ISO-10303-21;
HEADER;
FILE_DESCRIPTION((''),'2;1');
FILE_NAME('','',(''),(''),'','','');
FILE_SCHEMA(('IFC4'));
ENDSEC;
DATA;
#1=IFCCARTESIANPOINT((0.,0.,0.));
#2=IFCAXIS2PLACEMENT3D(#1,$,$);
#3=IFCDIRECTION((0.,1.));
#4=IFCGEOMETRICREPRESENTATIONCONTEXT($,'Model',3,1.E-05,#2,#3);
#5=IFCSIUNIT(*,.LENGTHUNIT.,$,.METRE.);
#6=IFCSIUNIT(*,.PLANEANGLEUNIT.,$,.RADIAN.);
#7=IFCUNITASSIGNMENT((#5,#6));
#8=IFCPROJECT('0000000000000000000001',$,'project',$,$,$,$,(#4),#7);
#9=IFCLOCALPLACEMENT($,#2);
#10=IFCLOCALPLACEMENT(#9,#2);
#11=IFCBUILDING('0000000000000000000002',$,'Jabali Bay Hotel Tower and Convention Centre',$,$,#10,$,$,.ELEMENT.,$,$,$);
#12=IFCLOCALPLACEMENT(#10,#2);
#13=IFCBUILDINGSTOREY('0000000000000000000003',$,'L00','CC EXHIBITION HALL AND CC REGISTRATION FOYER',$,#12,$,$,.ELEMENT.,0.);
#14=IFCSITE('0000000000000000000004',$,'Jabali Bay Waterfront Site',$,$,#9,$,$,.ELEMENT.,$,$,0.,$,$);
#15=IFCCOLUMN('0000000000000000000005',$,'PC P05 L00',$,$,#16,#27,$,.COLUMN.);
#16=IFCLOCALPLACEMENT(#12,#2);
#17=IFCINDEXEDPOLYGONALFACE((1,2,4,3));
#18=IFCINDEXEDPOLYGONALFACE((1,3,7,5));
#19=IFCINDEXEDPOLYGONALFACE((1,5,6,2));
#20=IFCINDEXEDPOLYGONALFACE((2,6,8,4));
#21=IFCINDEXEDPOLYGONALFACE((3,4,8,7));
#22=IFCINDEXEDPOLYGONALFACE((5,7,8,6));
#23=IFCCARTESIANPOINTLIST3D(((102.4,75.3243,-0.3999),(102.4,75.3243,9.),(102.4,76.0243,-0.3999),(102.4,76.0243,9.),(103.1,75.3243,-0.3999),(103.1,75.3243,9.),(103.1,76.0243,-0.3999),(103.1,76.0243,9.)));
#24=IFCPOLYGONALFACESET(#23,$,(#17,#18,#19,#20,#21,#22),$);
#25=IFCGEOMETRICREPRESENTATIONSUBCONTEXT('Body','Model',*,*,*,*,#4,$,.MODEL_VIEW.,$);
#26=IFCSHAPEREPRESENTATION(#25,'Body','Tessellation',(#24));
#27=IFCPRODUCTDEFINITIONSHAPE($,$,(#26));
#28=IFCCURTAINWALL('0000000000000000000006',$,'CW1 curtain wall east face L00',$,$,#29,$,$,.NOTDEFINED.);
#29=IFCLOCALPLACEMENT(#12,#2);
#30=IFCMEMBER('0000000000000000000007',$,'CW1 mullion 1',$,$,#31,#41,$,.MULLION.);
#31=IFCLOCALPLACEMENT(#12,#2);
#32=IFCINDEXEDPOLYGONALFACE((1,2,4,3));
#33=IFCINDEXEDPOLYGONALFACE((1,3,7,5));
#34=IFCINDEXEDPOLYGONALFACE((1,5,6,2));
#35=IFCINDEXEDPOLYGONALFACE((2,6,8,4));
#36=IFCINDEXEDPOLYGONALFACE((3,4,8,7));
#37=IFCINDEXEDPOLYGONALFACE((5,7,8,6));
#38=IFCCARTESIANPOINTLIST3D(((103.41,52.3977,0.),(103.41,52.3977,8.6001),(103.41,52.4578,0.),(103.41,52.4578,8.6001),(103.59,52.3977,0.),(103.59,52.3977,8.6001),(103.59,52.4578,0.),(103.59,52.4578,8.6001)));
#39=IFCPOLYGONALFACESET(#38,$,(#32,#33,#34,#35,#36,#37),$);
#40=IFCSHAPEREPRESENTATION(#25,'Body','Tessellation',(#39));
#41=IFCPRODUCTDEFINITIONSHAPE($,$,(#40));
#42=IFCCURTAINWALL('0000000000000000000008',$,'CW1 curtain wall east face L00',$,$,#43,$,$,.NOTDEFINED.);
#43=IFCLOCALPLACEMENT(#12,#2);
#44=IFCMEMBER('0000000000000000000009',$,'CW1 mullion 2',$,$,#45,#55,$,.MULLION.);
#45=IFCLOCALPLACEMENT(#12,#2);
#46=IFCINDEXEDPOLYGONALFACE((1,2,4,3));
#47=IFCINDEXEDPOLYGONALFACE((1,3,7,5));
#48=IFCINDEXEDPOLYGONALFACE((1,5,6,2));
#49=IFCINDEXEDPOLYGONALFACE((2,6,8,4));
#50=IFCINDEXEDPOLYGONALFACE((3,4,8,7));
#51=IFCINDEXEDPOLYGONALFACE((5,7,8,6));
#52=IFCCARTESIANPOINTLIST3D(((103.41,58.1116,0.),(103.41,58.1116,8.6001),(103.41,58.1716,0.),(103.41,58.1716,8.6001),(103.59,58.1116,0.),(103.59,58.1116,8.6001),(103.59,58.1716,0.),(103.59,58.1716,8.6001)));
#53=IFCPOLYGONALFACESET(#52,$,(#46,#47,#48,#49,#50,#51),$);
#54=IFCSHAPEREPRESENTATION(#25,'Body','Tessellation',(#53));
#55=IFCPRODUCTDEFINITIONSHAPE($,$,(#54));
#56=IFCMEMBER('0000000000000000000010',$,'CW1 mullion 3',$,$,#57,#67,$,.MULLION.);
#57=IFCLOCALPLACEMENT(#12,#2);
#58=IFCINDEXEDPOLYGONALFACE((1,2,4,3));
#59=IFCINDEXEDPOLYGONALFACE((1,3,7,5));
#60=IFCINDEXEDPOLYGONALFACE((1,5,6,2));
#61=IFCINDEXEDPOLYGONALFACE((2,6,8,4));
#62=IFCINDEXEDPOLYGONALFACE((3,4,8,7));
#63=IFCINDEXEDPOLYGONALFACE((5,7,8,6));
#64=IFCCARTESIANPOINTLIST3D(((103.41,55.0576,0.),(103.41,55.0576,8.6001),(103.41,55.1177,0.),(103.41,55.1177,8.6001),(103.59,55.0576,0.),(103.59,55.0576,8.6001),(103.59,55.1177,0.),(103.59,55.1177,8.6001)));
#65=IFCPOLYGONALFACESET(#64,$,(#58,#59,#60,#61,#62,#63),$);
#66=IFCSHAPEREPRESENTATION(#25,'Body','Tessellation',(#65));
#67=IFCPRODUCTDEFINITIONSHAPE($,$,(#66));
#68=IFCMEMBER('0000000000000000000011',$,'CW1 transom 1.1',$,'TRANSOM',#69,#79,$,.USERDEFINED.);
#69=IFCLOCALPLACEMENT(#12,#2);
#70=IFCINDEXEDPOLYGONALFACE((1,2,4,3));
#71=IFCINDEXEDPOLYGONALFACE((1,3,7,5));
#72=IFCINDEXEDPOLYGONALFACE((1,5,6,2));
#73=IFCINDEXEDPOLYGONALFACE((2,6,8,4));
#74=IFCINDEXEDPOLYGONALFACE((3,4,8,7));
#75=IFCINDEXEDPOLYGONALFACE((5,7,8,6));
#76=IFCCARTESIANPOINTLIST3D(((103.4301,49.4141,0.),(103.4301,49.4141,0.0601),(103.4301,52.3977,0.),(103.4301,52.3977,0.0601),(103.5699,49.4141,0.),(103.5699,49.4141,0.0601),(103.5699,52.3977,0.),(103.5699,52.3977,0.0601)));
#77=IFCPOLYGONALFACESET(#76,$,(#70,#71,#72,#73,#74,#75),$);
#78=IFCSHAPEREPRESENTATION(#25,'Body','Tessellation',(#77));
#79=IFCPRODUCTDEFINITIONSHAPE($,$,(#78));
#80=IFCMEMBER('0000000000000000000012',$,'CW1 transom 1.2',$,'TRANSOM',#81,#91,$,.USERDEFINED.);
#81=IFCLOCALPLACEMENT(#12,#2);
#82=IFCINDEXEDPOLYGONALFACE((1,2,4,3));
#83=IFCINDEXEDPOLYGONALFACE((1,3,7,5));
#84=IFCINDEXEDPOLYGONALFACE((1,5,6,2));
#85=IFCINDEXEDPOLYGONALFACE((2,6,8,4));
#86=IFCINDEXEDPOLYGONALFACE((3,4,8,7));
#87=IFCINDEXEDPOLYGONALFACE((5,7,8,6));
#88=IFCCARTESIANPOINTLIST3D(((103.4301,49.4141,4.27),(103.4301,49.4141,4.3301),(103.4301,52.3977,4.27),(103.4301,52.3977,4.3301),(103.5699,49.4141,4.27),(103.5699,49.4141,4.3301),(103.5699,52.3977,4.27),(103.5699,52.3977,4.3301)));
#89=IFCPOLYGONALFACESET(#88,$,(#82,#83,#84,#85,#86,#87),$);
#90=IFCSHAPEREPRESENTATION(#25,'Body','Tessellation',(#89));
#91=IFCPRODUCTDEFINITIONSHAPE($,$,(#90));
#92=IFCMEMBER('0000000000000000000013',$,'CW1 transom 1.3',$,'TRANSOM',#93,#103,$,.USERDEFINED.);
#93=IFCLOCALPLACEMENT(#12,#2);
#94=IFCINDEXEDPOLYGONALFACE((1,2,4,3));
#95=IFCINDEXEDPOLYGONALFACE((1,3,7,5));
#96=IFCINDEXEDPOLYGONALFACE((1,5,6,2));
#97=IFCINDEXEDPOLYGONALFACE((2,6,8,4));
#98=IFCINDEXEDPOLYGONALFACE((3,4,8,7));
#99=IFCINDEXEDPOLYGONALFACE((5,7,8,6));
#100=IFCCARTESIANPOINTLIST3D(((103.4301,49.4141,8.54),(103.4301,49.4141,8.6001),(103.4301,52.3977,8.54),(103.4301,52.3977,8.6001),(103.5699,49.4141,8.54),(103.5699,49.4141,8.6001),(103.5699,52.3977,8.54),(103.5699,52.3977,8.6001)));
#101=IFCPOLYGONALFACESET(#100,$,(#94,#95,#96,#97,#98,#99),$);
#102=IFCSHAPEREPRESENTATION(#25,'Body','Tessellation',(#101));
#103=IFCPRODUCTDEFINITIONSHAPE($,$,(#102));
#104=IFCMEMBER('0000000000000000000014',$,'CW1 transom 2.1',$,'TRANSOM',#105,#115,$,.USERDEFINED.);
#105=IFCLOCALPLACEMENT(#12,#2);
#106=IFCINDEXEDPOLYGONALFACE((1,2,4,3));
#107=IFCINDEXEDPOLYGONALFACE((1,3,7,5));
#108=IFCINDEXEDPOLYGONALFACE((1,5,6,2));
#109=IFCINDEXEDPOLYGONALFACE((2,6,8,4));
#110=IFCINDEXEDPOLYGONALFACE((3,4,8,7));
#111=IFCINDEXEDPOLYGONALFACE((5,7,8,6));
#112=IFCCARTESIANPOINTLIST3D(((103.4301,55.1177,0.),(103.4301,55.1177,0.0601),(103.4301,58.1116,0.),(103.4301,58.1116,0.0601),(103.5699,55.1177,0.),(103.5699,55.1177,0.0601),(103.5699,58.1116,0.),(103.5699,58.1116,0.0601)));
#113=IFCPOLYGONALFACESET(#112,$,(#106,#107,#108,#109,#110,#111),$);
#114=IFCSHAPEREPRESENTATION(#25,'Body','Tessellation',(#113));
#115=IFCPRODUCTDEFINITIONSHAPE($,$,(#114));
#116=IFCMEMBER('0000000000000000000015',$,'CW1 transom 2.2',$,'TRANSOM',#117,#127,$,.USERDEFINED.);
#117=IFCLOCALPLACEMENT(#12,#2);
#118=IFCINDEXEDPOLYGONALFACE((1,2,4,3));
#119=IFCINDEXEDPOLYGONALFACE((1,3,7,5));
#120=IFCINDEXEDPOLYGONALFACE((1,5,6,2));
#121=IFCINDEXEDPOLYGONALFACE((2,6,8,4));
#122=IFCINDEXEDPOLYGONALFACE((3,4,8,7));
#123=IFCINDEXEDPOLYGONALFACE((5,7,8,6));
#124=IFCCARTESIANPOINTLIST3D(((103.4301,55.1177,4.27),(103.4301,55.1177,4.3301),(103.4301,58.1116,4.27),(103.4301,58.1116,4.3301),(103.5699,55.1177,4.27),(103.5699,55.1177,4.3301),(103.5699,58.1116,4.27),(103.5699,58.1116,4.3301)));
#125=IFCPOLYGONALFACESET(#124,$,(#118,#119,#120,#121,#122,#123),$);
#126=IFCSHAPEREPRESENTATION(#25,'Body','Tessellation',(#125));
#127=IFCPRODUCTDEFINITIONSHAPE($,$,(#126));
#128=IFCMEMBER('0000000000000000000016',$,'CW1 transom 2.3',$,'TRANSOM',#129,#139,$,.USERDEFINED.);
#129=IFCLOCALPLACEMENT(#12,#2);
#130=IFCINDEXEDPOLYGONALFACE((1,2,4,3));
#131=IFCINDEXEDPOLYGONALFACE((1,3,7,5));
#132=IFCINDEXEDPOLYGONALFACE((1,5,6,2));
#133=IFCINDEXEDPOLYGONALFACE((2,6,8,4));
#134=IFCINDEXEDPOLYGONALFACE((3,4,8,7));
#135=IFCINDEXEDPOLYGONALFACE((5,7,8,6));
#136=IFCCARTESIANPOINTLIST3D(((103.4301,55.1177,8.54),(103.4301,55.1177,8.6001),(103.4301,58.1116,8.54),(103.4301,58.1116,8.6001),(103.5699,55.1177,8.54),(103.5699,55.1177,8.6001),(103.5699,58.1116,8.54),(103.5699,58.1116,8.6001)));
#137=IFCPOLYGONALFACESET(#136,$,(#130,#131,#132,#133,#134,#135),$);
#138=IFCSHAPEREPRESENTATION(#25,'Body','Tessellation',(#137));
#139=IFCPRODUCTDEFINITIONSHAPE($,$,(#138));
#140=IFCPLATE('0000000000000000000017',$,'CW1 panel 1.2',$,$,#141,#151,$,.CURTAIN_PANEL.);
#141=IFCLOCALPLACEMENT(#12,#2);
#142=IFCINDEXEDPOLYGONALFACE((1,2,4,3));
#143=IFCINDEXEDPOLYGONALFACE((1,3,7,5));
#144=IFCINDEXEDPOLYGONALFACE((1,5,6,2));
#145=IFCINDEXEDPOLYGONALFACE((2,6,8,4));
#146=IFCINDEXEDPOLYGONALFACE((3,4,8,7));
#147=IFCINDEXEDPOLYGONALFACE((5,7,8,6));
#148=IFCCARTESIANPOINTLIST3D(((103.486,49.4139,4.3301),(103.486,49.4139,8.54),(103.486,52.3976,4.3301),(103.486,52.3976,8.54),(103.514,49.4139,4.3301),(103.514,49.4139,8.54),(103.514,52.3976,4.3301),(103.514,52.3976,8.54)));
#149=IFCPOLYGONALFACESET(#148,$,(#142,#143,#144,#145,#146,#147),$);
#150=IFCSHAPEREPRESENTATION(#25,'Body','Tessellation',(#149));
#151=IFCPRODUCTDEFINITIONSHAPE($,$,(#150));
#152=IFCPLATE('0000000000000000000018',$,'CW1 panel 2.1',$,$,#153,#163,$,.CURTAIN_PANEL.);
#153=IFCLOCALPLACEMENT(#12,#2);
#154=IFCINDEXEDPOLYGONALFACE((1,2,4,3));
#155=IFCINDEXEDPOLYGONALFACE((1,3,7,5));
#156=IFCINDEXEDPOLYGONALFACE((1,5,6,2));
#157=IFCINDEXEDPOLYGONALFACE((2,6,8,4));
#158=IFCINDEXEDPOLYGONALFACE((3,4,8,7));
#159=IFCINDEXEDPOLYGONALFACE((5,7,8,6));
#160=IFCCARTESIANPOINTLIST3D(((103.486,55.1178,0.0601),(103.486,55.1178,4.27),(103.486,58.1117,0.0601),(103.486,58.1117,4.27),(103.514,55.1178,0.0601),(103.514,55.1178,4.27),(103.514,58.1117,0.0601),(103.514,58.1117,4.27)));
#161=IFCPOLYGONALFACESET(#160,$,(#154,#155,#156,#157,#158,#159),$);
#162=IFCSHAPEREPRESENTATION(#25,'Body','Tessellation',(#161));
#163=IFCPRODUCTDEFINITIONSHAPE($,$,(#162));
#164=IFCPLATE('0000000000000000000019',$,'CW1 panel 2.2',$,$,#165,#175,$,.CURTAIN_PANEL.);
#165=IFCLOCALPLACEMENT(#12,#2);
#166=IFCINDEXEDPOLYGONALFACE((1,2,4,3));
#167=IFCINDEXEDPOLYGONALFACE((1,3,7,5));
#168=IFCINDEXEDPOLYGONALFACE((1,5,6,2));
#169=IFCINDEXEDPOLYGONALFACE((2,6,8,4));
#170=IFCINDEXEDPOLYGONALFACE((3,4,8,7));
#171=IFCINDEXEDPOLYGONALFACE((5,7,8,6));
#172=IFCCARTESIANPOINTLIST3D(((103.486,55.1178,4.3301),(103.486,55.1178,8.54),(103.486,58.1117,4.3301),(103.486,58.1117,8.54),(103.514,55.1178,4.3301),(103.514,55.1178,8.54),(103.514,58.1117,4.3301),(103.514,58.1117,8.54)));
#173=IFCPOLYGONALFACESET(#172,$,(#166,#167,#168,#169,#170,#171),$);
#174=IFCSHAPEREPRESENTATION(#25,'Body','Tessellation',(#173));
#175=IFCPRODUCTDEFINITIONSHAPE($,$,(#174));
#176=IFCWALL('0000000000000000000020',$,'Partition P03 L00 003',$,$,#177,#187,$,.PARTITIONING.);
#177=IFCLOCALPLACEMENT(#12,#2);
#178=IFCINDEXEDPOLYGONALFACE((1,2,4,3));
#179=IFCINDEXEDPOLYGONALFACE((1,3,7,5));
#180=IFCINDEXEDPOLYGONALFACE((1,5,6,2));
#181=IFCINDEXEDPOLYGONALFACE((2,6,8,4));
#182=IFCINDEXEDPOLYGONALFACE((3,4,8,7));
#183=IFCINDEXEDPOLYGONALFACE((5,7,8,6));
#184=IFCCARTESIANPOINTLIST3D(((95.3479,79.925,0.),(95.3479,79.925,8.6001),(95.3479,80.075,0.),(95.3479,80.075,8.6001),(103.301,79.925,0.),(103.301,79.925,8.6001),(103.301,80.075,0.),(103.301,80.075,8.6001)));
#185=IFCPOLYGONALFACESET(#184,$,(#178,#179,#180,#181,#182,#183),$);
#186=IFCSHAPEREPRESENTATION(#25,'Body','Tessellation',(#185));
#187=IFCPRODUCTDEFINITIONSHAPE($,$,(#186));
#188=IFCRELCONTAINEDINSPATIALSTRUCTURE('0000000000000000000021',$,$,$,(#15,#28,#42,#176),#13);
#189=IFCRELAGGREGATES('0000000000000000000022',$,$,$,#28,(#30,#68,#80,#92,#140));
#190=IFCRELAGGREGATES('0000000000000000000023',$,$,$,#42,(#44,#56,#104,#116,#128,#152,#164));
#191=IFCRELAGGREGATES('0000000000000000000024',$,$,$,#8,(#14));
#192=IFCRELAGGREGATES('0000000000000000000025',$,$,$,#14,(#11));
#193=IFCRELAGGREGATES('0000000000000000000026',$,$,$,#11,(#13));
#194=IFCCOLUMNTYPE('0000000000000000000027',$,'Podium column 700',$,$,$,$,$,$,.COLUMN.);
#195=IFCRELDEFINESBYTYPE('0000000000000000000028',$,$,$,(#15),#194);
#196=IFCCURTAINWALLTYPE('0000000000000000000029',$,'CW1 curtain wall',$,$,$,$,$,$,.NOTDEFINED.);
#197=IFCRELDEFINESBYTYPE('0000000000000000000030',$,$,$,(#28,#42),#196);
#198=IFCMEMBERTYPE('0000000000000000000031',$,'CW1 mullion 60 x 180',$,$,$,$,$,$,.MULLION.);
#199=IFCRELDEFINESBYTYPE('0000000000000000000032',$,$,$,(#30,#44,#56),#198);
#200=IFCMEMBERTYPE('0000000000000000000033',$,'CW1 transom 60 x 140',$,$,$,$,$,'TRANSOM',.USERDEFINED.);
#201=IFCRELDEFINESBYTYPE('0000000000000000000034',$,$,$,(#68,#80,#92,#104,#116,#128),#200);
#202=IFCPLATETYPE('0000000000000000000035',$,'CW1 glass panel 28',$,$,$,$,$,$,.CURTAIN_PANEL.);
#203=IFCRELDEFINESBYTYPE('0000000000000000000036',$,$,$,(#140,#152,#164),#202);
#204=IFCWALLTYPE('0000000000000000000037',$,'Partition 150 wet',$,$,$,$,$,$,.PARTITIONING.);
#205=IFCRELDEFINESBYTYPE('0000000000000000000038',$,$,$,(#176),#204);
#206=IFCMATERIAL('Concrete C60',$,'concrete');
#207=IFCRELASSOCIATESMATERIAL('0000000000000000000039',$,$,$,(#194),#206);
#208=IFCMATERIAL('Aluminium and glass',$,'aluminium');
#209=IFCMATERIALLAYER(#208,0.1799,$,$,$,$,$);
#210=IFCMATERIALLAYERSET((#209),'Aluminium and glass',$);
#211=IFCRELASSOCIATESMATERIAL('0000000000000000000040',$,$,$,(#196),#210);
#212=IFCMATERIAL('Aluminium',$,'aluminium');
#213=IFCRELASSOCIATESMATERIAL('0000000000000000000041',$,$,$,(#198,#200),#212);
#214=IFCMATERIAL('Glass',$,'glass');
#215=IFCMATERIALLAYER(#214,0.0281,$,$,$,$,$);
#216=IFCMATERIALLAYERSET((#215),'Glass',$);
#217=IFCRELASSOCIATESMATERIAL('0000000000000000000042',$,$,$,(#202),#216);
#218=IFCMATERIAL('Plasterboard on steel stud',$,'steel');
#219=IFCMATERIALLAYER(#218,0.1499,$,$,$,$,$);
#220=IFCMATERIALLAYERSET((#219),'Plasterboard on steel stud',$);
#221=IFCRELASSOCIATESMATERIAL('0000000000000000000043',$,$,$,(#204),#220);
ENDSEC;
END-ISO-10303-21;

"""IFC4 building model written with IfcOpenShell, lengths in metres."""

from ifc_helpers import new_model, si_unit, direction, frame, frame_2d, origin, origin_2d, place, context, subcontext, project, spatial, rectangle, extrude, material, layer, layer_set, material_profile, profile_set, type_object, element, aggregate, save


model = new_model("IFC4")

# Units and contexts
model_context = context("Model", 3, precision=1e-05, world=origin(), true_north=direction((0.0, 1.0)))
body_context = subcontext(model_context, "Body", "Model", "MODEL_VIEW")
ifc_project = project(units=[si_unit("LENGTHUNIT", "METRE"), si_unit("PLANEANGLEUNIT", "RADIAN")], contexts=[model_context])

# Site, building, storey
site_placement = place(None, origin())
site = spatial("IfcSite", under=ifc_project, at=site_placement, Name="Jabali Bay Waterfront Site", CompositionType="ELEMENT", RefElevation=0.0)
building_placement = place(site_placement, origin())
building = spatial("IfcBuilding", under=site, at=building_placement, Name="Jabali Bay Hotel Tower and Convention Centre", CompositionType="ELEMENT")
storey_placement = place(building_placement, origin())
storey = spatial("IfcBuildingStorey", under=building, at=storey_placement, Name="L00", Description="CC EXHIBITION HALL AND CC REGISTRATION FOYER", CompositionType="ELEMENT", Elevation=0.0)

# Column
ifc_material_1 = material(Name="Concrete C60", Category="concrete")
ifc_material_profile_1 = material_profile(ifc_material_1, rectangle(XDim=0.7, YDim=0.7, at=origin_2d()), Name="Podium column 700")
ifc_profile_set_1 = profile_set([ifc_material_profile_1], Name="Concrete C60")
column_type_1 = type_object("IfcColumnType", Name="Podium column 700", PredefinedType="COLUMN", material=ifc_profile_set_1)
for number, where, z_axis, x_axis, name in (
    (1, (102.75, 75.6743, -0.3999), (0.0, 0.0, 1.0), (1.0, 0.0, 0.0), "PC P05 L00"),
):
    element("IfcColumn", number, at=place(storey_placement, frame(where, z_axis=z_axis, x_axis=x_axis)), inside=storey, type_object=column_type_1, Name=name, PredefinedType="COLUMN", context=body_context, shape_type="SweptSolid", body=[
        extrude(rectangle(XDim=0.7, YDim=0.7, at=origin_2d()), origin(), (0.0, 0.0, 1.0), 9.3999),
    ])

# Curtain wall, member
ifc_material_2 = material(Name="Aluminium and glass", Category="aluminium")
ifc_layer_1 = layer(ifc_material_2, 0.1799)
ifc_layer_set_1 = layer_set([ifc_layer_1], Name="Aluminium and glass")
curtain_wall_type = type_object("IfcCurtainWallType", Name="CW1 curtain wall", PredefinedType="NOTDEFINED", material=ifc_layer_set_1)
curtain_wall_1_placement = place(storey_placement, origin())
curtain_wall_1 = element("IfcCurtainWall", 2, at=curtain_wall_1_placement, inside=storey, type_object=curtain_wall_type, Name="CW1 curtain wall east face L00", PredefinedType="NOTDEFINED")
ifc_material_3 = material(Name="Aluminium", Category="aluminium")
ifc_material_profile_2 = material_profile(ifc_material_3, rectangle(XDim=0.1799, YDim=0.0601, at=origin_2d()), Name="CW1 mullion 60 x 180")
ifc_profile_set_2 = profile_set([ifc_material_profile_2], Name="Aluminium")
member_type_1 = type_object("IfcMemberType", Name="CW1 mullion 60 x 180", PredefinedType="MULLION", material=ifc_profile_set_2)
member_1_placement = place(storey_placement, frame((103.5, 52.4277, 0.0), z_axis=(0.0, 0.0, 1.0), x_axis=(1.0, 0.0, 0.0)))
member_1 = element("IfcMember", 3, at=member_1_placement, type_object=member_type_1, Name="CW1 mullion 1", PredefinedType="MULLION", context=body_context, shape_type="SweptSolid", body=[
    extrude(rectangle(XDim=0.1799, YDim=0.0601, at=origin_2d()), origin(), (0.0, 0.0, 1.0), 8.6001),
])

# Curtain wall, members
curtain_wall_2_placement = place(storey_placement, origin())
curtain_wall_2 = element("IfcCurtainWall", 4, at=curtain_wall_2_placement, inside=storey, type_object=curtain_wall_type, Name="CW1 curtain wall east face L00", PredefinedType="NOTDEFINED")
member_2_placement = place(storey_placement, frame((103.5, 58.1416, 0.0), z_axis=(0.0, 0.0, 1.0), x_axis=(1.0, 0.0, 0.0)))
member_2 = element("IfcMember", 5, at=member_2_placement, type_object=member_type_1, Name="CW1 mullion 2", PredefinedType="MULLION", context=body_context, shape_type="SweptSolid", body=[
    extrude(rectangle(XDim=0.1799, YDim=0.0601, at=origin_2d()), origin(), (0.0, 0.0, 1.0), 8.6001),
])
member_3_placement = place(storey_placement, frame((103.5, 55.0876, 0.0), z_axis=(0.0, 0.0, 1.0), x_axis=(1.0, 0.0, 0.0)))
member_3 = element("IfcMember", 6, at=member_3_placement, type_object=member_type_1, Name="CW1 mullion 3", PredefinedType="MULLION", context=body_context, shape_type="SweptSolid", body=[
    extrude(rectangle(XDim=0.1799, YDim=0.0601, at=origin_2d()), origin(), (0.0, 0.0, 1.0), 8.6001),
])

# Members
ifc_material_profile_3 = material_profile(ifc_material_3, rectangle(XDim=0.1399, YDim=0.0601, at=origin_2d()), Name="CW1 transom 60 x 140")
ifc_profile_set_3 = profile_set([ifc_material_profile_3], Name="Aluminium")
member_type_2 = type_object("IfcMemberType", Name="CW1 transom 60 x 140", ElementType="TRANSOM", PredefinedType="USERDEFINED", material=ifc_profile_set_3)
member_4_placement = place(storey_placement, frame((103.5, 52.3977, 0.03), z_axis=(0.0, -1.0, 0.0), x_axis=(1.0, 0.0, 0.0)))
member_4 = element("IfcMember", 7, at=member_4_placement, type_object=member_type_2, Name="CW1 transom 1.1", ObjectType="TRANSOM", PredefinedType="USERDEFINED", context=body_context, shape_type="SweptSolid", body=[
    extrude(rectangle(XDim=0.1399, YDim=0.0601, at=origin_2d()), origin(), (0.0, 0.0, 1.0), 2.9836),
])
member_5_placement = place(storey_placement, frame((103.5, 52.3977, 4.3), z_axis=(0.0, -1.0, 0.0), x_axis=(1.0, 0.0, 0.0)))
member_5 = element("IfcMember", 8, at=member_5_placement, type_object=member_type_2, Name="CW1 transom 1.2", ObjectType="TRANSOM", PredefinedType="USERDEFINED", context=body_context, shape_type="SweptSolid", body=[
    extrude(rectangle(XDim=0.1399, YDim=0.0601, at=origin_2d()), origin(), (0.0, 0.0, 1.0), 2.9836),
])
member_6_placement = place(storey_placement, frame((103.5, 52.3977, 8.5701), z_axis=(0.0, -1.0, 0.0), x_axis=(1.0, 0.0, 0.0)))
member_6 = element("IfcMember", 9, at=member_6_placement, type_object=member_type_2, Name="CW1 transom 1.3", ObjectType="TRANSOM", PredefinedType="USERDEFINED", context=body_context, shape_type="SweptSolid", body=[
    extrude(rectangle(XDim=0.1399, YDim=0.0601, at=origin_2d()), origin(), (0.0, 0.0, 1.0), 2.9836),
])
member_7_placement = place(storey_placement, frame((103.5, 58.1116, 0.03), z_axis=(0.0, -1.0, 0.0), x_axis=(1.0, 0.0, 0.0)))
member_7 = element("IfcMember", 10, at=member_7_placement, type_object=member_type_2, Name="CW1 transom 2.1", ObjectType="TRANSOM", PredefinedType="USERDEFINED", context=body_context, shape_type="SweptSolid", body=[
    extrude(rectangle(XDim=0.1399, YDim=0.0601, at=origin_2d()), origin(), (0.0, 0.0, 1.0), 2.9939),
])
member_8_placement = place(storey_placement, frame((103.5, 58.1116, 4.3), z_axis=(0.0, -1.0, 0.0), x_axis=(1.0, 0.0, 0.0)))
member_8 = element("IfcMember", 11, at=member_8_placement, type_object=member_type_2, Name="CW1 transom 2.2", ObjectType="TRANSOM", PredefinedType="USERDEFINED", context=body_context, shape_type="SweptSolid", body=[
    extrude(rectangle(XDim=0.1399, YDim=0.0601, at=origin_2d()), origin(), (0.0, 0.0, 1.0), 2.9939),
])
member_9_placement = place(storey_placement, frame((103.5, 58.1116, 8.5701), z_axis=(0.0, -1.0, 0.0), x_axis=(1.0, 0.0, 0.0)))
member_9 = element("IfcMember", 12, at=member_9_placement, type_object=member_type_2, Name="CW1 transom 2.3", ObjectType="TRANSOM", PredefinedType="USERDEFINED", context=body_context, shape_type="SweptSolid", body=[
    extrude(rectangle(XDim=0.1399, YDim=0.0601, at=origin_2d()), origin(), (0.0, 0.0, 1.0), 2.9939),
])

# Plates
ifc_material_4 = material(Name="Glass", Category="glass")
ifc_layer_2 = layer(ifc_material_4, 0.0281)
ifc_layer_set_2 = layer_set([ifc_layer_2], Name="Glass")
plate_type = type_object("IfcPlateType", Name="CW1 glass panel 28", PredefinedType="CURTAIN_PANEL", material=ifc_layer_set_2)
plate_1_placement = place(storey_placement, frame((103.5, 50.9058, 4.3301), z_axis=(0.0, 0.0, 1.0), x_axis=(0.0, -1.0, 0.0)))
plate_1 = element("IfcPlate", 13, at=plate_1_placement, type_object=plate_type, Name="CW1 panel 1.2", PredefinedType="CURTAIN_PANEL", context=body_context, shape_type="SweptSolid", body=[
    extrude(rectangle(XDim=2.9836, YDim=0.0281, at=origin_2d()), origin(), (0.0, 0.0, 1.0), 4.21),
])
aggregate(curtain_wall_1, [member_1, member_4, member_5, member_6, plate_1])
plate_2_placement = place(storey_placement, frame((103.5, 56.6147, 0.0601), z_axis=(0.0, 0.0, 1.0), x_axis=(0.0, -1.0, 0.0)))
plate_2 = element("IfcPlate", 14, at=plate_2_placement, type_object=plate_type, Name="CW1 panel 2.1", PredefinedType="CURTAIN_PANEL", context=body_context, shape_type="SweptSolid", body=[
    extrude(rectangle(XDim=2.9939, YDim=0.0281, at=origin_2d()), origin(), (0.0, 0.0, 1.0), 4.21),
])
plate_3_placement = place(storey_placement, frame((103.5, 56.6147, 4.3301), z_axis=(0.0, 0.0, 1.0), x_axis=(0.0, -1.0, 0.0)))
plate_3 = element("IfcPlate", 15, at=plate_3_placement, type_object=plate_type, Name="CW1 panel 2.2", PredefinedType="CURTAIN_PANEL", context=body_context, shape_type="SweptSolid", body=[
    extrude(rectangle(XDim=2.9939, YDim=0.0281, at=origin_2d()), origin(), (0.0, 0.0, 1.0), 4.21),
])
aggregate(curtain_wall_2, [member_2, member_3, member_7, member_8, member_9, plate_2, plate_3])

# Wall
ifc_material_5 = material(Name="Plasterboard on steel stud", Category="steel")
ifc_layer_3 = layer(ifc_material_5, 0.1499)
ifc_layer_set_3 = layer_set([ifc_layer_3], Name="Plasterboard on steel stud")
wall_type_1 = type_object("IfcWallType", Name="Partition 150 wet", PredefinedType="PARTITIONING", material=ifc_layer_set_3)
wall_1_placement = place(storey_placement, frame((103.301, 80.0, 0.0), z_axis=(0.0, 0.0, 1.0), x_axis=(-1.0, 0.0, 0.0)))
element("IfcWall", 16, at=wall_1_placement, inside=storey, type_object=wall_type_1, Name="Partition P03 L00 003", PredefinedType="PARTITIONING", context=body_context, shape_type="SweptSolid", body=[
    extrude(rectangle(XDim=7.9531, YDim=0.1499, at=frame_2d((3.9766, 0.0))), origin(), (0.0, 0.0, 1.0), 8.6001),
])

save(model, "model.ifc")
